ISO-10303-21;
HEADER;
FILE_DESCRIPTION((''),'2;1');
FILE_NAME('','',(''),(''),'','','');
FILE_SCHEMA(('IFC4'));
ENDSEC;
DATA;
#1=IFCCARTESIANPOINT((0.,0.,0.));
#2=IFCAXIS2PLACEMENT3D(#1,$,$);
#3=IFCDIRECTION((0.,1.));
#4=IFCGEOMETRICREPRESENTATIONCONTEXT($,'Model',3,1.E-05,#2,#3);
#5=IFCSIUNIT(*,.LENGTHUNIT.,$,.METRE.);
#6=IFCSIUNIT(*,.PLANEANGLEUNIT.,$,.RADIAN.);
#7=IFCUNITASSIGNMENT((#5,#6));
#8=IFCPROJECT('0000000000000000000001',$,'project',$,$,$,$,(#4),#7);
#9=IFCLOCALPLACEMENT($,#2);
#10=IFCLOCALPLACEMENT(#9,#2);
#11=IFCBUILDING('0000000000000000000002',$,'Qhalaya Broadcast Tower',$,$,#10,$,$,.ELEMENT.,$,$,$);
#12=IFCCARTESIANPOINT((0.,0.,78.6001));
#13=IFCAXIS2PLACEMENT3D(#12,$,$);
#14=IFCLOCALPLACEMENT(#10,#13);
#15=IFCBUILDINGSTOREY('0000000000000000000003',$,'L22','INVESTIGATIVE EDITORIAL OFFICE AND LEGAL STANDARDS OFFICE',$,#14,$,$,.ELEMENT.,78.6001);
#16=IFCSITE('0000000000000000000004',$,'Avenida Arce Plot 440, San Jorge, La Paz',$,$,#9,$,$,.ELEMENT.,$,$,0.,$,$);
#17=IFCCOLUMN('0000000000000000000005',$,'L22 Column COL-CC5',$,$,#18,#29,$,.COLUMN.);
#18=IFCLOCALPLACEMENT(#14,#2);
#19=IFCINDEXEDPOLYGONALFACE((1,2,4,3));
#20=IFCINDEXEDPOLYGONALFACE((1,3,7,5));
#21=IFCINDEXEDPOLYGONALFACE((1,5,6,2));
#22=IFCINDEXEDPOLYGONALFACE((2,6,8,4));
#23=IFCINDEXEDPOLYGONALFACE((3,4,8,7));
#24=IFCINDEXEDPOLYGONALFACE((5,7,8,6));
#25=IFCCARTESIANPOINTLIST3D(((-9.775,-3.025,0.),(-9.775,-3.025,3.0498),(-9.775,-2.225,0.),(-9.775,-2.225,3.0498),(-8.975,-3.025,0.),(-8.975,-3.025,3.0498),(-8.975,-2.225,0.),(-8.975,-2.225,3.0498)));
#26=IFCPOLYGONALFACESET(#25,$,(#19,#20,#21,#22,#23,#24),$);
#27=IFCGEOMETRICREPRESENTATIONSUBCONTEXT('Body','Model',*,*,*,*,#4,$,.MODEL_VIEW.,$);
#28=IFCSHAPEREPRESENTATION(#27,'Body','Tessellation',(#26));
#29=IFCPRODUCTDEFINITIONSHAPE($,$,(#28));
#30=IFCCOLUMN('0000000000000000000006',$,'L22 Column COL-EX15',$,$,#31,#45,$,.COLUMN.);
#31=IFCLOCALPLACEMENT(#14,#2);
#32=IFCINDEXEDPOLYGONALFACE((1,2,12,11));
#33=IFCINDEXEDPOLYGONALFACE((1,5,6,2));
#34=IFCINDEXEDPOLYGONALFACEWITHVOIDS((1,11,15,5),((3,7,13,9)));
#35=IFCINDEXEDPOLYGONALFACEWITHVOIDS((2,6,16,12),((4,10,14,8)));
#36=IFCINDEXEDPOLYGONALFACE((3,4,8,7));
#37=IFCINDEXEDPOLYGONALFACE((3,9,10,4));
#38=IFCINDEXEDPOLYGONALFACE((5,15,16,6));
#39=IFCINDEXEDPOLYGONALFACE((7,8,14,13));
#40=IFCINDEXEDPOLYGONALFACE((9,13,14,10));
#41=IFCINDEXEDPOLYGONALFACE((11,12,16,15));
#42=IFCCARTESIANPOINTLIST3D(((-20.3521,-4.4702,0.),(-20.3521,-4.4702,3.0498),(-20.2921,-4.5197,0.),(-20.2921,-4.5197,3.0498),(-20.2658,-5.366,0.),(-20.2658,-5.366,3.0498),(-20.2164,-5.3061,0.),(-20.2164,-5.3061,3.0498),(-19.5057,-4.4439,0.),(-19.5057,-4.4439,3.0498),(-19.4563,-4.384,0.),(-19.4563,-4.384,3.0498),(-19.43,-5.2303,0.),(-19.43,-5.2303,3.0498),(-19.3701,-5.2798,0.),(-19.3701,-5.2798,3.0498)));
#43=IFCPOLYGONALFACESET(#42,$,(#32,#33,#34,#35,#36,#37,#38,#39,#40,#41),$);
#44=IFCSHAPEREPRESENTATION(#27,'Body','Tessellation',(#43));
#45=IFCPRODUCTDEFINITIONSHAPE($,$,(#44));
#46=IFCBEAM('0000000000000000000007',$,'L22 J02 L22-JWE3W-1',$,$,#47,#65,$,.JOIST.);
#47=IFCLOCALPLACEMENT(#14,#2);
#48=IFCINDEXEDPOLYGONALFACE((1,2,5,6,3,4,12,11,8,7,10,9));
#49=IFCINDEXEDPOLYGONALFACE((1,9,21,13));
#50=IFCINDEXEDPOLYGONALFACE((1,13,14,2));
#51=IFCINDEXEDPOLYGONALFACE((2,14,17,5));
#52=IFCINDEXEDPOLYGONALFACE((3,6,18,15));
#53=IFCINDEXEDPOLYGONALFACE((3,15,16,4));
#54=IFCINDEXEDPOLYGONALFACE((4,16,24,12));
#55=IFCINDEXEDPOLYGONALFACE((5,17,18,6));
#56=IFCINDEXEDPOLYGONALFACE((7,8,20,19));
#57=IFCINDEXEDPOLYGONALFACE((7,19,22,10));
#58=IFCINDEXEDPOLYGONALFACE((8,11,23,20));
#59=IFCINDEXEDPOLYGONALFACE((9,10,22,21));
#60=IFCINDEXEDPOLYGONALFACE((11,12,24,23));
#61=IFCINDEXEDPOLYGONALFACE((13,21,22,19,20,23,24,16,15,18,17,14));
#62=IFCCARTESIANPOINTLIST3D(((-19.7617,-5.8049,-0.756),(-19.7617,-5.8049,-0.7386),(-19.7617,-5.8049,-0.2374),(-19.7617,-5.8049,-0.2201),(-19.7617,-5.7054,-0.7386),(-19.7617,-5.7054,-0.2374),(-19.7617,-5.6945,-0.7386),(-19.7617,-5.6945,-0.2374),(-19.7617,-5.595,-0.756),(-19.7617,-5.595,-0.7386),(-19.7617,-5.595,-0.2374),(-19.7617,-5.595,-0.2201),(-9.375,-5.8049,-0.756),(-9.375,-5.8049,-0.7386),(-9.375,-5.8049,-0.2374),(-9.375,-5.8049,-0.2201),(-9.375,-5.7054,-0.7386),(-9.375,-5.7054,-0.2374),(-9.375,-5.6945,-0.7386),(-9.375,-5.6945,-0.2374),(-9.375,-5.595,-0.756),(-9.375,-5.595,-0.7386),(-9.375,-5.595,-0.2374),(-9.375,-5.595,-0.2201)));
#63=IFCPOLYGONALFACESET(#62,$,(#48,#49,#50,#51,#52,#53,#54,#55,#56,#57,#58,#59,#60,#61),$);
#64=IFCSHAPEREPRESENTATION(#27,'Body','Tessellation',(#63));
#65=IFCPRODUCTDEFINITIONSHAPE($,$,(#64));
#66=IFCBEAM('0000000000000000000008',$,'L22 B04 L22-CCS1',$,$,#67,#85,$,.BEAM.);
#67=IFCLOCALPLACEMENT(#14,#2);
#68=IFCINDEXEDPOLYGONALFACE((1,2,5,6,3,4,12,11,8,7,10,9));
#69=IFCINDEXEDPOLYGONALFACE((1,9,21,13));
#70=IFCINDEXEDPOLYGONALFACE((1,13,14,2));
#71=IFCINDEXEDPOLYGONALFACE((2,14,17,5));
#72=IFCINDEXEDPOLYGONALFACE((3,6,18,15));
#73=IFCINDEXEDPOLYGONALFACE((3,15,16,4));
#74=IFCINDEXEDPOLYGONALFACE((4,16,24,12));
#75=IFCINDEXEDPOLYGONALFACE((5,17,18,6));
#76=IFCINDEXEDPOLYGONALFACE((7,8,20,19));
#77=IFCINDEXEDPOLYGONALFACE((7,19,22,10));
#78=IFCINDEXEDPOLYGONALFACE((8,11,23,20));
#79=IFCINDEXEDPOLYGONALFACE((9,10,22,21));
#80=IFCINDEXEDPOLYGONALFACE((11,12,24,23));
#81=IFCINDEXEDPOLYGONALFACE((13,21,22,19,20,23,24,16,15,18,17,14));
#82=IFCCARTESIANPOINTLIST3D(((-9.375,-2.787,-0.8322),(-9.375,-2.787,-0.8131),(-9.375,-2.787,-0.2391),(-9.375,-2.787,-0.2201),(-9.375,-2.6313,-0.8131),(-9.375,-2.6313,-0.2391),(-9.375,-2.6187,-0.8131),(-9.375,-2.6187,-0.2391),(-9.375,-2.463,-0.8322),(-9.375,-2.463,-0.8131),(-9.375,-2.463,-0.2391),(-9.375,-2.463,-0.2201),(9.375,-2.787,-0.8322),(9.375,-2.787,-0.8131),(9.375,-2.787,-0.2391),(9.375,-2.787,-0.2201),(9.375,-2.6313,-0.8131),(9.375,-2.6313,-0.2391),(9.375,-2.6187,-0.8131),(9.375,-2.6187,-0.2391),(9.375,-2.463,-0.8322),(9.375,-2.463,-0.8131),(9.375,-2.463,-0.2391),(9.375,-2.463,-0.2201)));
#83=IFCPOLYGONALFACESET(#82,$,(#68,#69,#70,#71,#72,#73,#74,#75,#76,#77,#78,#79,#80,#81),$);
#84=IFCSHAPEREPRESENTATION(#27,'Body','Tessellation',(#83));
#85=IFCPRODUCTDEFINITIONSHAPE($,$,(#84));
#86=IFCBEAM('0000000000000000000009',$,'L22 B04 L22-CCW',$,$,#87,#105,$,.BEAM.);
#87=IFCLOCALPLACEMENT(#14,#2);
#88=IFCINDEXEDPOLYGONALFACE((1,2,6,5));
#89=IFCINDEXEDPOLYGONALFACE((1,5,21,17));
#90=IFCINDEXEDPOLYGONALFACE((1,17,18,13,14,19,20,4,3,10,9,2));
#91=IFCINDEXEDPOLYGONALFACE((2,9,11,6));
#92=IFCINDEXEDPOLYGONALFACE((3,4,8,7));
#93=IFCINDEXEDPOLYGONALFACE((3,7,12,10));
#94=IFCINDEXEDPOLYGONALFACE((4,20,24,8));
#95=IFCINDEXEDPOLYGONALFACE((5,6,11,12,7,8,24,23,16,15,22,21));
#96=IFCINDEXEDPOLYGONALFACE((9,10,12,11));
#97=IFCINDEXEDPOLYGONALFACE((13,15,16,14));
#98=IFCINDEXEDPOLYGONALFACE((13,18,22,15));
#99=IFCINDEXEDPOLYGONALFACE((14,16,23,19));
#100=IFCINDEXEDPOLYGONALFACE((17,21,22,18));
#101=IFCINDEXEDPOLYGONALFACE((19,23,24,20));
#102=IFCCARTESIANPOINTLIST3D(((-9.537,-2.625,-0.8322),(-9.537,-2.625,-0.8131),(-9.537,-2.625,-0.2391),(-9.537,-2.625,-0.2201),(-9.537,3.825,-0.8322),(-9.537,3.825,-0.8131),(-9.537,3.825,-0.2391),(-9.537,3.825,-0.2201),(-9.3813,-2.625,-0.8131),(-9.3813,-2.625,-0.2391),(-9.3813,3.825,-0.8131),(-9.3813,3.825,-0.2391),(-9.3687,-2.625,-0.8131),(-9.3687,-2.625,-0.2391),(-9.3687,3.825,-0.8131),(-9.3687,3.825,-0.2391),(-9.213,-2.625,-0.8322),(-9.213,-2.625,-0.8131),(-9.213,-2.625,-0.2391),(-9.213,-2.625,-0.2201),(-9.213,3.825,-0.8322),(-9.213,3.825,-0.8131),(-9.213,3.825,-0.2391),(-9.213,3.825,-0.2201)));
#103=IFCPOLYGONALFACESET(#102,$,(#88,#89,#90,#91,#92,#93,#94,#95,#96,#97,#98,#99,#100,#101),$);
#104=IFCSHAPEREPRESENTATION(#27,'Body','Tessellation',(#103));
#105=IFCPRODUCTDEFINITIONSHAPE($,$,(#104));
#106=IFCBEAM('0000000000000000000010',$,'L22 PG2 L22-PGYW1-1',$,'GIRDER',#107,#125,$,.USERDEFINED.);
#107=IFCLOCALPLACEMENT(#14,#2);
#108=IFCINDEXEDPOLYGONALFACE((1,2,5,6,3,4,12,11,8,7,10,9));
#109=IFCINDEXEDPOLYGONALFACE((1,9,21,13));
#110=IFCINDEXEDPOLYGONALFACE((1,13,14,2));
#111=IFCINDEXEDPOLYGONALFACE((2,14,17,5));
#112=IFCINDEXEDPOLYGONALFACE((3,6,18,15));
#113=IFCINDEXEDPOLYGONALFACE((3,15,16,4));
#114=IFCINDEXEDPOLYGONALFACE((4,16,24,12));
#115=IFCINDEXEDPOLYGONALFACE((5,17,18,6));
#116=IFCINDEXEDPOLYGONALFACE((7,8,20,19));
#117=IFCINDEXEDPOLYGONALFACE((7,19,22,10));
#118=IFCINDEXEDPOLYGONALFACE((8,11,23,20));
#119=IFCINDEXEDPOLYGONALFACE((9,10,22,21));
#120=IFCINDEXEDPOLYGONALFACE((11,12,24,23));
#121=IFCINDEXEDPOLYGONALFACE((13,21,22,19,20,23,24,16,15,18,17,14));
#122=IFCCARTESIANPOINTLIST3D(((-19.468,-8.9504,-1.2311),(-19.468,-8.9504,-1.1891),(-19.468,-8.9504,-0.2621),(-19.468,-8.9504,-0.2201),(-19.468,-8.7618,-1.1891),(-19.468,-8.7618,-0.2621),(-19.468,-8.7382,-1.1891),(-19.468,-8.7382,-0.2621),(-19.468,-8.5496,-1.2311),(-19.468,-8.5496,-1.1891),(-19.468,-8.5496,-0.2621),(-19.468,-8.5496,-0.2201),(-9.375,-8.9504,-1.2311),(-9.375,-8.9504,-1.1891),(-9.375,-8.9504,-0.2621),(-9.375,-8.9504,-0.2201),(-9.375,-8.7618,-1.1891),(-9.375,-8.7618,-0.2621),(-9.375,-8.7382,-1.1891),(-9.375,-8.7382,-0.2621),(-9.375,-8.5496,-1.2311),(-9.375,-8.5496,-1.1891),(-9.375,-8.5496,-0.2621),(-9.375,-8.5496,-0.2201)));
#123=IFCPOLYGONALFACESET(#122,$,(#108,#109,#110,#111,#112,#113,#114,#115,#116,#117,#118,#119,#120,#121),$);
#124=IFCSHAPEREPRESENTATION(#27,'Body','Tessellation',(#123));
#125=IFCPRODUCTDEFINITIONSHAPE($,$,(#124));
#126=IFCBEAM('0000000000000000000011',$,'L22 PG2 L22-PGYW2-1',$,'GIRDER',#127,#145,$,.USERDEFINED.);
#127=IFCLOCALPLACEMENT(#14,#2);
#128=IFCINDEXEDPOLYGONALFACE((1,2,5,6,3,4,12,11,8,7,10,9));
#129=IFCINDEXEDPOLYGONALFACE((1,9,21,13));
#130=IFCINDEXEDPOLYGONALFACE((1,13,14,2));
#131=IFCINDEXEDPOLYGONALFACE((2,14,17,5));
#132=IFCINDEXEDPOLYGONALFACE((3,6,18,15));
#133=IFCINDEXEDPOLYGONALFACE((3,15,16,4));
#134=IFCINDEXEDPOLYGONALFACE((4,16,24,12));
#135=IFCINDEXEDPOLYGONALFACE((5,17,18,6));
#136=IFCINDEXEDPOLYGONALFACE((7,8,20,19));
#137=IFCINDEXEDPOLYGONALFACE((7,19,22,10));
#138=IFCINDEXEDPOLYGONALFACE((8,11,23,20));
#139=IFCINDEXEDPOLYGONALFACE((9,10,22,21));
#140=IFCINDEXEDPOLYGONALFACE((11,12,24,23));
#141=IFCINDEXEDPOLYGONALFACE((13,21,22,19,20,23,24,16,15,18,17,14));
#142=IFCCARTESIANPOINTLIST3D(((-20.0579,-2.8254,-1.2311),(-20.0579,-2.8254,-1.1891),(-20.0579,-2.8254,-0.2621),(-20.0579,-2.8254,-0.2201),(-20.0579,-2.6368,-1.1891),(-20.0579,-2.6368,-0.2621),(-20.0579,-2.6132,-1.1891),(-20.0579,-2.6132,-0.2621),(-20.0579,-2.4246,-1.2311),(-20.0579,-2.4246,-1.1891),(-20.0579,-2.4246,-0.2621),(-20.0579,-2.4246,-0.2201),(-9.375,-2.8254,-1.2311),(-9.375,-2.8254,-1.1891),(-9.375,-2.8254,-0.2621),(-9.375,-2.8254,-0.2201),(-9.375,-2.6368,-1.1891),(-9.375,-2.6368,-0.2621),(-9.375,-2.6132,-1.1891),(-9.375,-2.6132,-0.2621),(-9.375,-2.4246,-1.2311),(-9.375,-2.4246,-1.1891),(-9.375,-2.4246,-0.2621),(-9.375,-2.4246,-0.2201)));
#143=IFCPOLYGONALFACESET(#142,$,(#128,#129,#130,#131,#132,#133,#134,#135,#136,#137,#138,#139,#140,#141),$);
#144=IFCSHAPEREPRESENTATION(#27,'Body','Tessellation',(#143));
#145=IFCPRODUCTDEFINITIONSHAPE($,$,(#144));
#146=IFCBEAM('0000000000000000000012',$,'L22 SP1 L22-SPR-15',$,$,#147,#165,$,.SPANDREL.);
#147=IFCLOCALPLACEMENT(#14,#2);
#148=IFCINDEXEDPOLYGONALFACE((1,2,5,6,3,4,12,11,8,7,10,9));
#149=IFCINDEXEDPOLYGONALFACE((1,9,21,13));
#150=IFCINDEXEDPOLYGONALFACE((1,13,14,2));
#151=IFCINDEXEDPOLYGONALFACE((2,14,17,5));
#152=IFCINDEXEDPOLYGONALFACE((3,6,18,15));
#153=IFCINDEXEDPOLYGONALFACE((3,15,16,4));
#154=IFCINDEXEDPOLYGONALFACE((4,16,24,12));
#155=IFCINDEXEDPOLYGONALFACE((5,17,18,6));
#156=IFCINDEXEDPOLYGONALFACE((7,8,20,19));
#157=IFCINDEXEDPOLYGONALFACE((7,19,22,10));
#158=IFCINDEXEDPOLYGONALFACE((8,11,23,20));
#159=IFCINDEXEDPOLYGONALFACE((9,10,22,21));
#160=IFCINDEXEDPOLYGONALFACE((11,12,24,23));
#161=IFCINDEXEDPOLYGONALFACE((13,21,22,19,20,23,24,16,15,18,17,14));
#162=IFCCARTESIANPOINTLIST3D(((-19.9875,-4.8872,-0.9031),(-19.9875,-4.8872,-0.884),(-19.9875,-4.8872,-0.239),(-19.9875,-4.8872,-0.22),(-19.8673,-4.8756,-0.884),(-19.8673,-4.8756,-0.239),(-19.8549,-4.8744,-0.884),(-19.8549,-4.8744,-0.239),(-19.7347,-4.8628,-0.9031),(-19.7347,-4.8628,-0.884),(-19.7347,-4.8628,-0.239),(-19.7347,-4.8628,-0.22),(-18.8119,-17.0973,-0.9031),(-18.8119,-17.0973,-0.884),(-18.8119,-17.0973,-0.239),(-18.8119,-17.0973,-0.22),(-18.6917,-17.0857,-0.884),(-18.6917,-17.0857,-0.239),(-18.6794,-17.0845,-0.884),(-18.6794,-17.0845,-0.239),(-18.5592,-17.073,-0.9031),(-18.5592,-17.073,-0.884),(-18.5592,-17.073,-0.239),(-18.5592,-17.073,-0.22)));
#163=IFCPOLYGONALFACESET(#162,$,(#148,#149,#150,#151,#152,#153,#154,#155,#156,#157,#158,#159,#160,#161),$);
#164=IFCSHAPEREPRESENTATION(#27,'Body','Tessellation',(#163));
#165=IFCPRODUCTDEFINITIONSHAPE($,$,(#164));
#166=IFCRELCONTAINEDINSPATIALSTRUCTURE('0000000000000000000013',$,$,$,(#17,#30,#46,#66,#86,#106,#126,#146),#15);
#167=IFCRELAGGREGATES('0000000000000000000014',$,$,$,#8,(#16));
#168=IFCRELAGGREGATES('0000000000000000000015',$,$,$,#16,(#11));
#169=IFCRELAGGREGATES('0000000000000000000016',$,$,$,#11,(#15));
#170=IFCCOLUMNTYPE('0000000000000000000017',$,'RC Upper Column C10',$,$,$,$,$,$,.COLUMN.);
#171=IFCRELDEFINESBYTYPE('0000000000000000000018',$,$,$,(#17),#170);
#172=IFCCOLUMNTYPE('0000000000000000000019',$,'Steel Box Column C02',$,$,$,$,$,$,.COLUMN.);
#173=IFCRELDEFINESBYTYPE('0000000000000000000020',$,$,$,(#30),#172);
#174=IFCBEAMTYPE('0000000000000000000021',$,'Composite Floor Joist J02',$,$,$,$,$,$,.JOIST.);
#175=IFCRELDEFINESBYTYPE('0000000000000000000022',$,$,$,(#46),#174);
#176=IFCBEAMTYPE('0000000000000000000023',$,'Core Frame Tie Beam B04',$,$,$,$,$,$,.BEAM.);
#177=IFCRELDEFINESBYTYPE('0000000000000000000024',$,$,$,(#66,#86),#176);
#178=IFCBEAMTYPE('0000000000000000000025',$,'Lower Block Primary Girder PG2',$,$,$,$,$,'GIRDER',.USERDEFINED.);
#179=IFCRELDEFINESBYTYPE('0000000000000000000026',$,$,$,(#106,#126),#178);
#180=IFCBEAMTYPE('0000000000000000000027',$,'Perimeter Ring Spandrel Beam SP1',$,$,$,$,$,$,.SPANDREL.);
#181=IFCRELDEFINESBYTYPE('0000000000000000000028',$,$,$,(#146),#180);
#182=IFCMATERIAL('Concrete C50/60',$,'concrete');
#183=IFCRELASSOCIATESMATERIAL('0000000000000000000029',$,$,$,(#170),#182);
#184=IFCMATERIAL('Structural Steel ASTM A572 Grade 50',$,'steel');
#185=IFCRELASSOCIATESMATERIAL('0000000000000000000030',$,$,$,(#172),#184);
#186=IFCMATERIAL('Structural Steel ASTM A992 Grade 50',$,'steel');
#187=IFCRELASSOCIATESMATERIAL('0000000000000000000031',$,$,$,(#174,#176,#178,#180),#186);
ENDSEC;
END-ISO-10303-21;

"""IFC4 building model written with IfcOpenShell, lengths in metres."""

from ifc_helpers import new_model, si_unit, direction, frame, origin, origin_2d, place, context, subcontext, project, spatial, rectangle, hollow_rectangle, i_section, extrude, material, material_profile, profile_set, type_object, element, save


model = new_model("IFC4")

# Units and contexts
model_context = context("Model", 3, precision=1e-05, world=origin(), true_north=direction((0.0, 1.0)))
body_context = subcontext(model_context, "Body", "Model", "MODEL_VIEW")
ifc_project = project(units=[si_unit("LENGTHUNIT", "METRE"), si_unit("PLANEANGLEUNIT", "RADIAN")], contexts=[model_context])

# Site, building, storey
site_placement = place(None, origin())
site = spatial("IfcSite", under=ifc_project, at=site_placement, Name="Avenida Arce Plot 440, San Jorge, La Paz", CompositionType="ELEMENT", RefElevation=0.0)
building_placement = place(site_placement, origin())
building = spatial("IfcBuilding", under=site, at=building_placement, Name="Qhalaya Broadcast Tower", CompositionType="ELEMENT")
storey_placement = place(building_placement, frame((0.0, 0.0, 78.6001)))
storey = spatial("IfcBuildingStorey", under=building, at=storey_placement, Name="L22", Description="INVESTIGATIVE EDITORIAL OFFICE AND LEGAL STANDARDS OFFICE", CompositionType="ELEMENT", Elevation=78.6001)

# Columns
ifc_material_1 = material(Name="Concrete C50/60", Category="concrete")
ifc_material_profile_1 = material_profile(ifc_material_1, rectangle(XDim=0.8, YDim=0.8, at=origin_2d()), Name="RC-COL 800x800")
ifc_profile_set_1 = profile_set([ifc_material_profile_1], Name="Concrete C50/60")
column_type_1 = type_object("IfcColumnType", Name="RC Upper Column C10", PredefinedType="COLUMN", material=ifc_profile_set_1)
column_1_placement = place(storey_placement, frame((-9.375, -2.625, 0.0), z_axis=(0.0, 0.0, 1.0), x_axis=(1.0, 0.0, 0.0)))
element("IfcColumn", 1, at=column_1_placement, inside=storey, type_object=column_type_1, Name="L22 Column COL-CC5", PredefinedType="COLUMN", context=body_context, shape_type="SweptSolid", body=[
    extrude(rectangle(XDim=0.8, YDim=0.8, at=origin_2d()), origin(), (0.0, 0.0, 1.0), 3.0498),
])
ifc_material_2 = material(Name="Structural Steel ASTM A572 Grade 50", Category="steel")
ifc_material_profile_2 = material_profile(ifc_material_2, hollow_rectangle(XDim=0.8999, YDim=0.8999, WallThickness=0.0549, at=origin_2d()), Name="BOX 900x900x55")
ifc_profile_set_2 = profile_set([ifc_material_profile_2], Name="Structural Steel ASTM A572 Grade 50")
column_type_2 = type_object("IfcColumnType", Name="Steel Box Column C02", PredefinedType="COLUMN", material=ifc_profile_set_2)
column_2_placement = place(storey_placement, frame((-19.8611, -4.875, 0.0), z_axis=(0.0, 0.0, 1.0), x_axis=(-0.095846, 0.995396, 0.0)))
element("IfcColumn", 2, at=column_2_placement, inside=storey, type_object=column_type_2, Name="L22 Column COL-EX15", PredefinedType="COLUMN", context=body_context, shape_type="SweptSolid", body=[
    extrude(hollow_rectangle(XDim=0.8999, YDim=0.8999, WallThickness=0.0549, at=origin_2d()), origin(), (0.0, 0.0, 1.0), 3.0498),
])

# Beams
ifc_material_3 = material(Name="Structural Steel ASTM A992 Grade 50", Category="steel")
ifc_material_profile_3 = material_profile(ifc_material_3, i_section(OverallWidth=0.21, OverallDepth=0.5359, WebThickness=0.011, FlangeThickness=0.0173, at=origin_2d()), Name="W21X68")
ifc_profile_set_3 = profile_set([ifc_material_profile_3], Name="Structural Steel ASTM A992 Grade 50")
beam_type_1 = type_object("IfcBeamType", Name="Composite Floor Joist J02", PredefinedType="JOIST", material=ifc_profile_set_3)
beam_1_placement = place(storey_placement, frame((-19.7617, -5.7, -0.488), z_axis=(1.0, 0.0, 0.0), x_axis=(0.0, 1.0, 0.0)))
element("IfcBeam", 3, at=beam_1_placement, inside=storey, type_object=beam_type_1, Name="L22 J02 L22-JWE3W-1", PredefinedType="JOIST", context=body_context, shape_type="SweptSolid", body=[
    extrude(i_section(OverallWidth=0.21, OverallDepth=0.5359, WebThickness=0.011, FlangeThickness=0.0173, at=origin_2d()), origin(), (0.0, 0.0, 1.0), 10.3867),
])
ifc_material_profile_4 = material_profile(ifc_material_3, i_section(OverallWidth=0.324, OverallDepth=0.6121, WebThickness=0.0127, FlangeThickness=0.019, at=origin_2d()), Name="W24X104")
ifc_profile_set_4 = profile_set([ifc_material_profile_4], Name="Structural Steel ASTM A992 Grade 50")
beam_type_2 = type_object("IfcBeamType", Name="Core Frame Tie Beam B04", PredefinedType="BEAM", material=ifc_profile_set_4)
beam_2_placement = place(storey_placement, frame((-9.375, -2.625, -0.5261), z_axis=(1.0, 0.0, 0.0), x_axis=(0.0, 1.0, 0.0)))
element("IfcBeam", 4, at=beam_2_placement, inside=storey, type_object=beam_type_2, Name="L22 B04 L22-CCS1", PredefinedType="BEAM", context=body_context, shape_type="SweptSolid", body=[
    extrude(i_section(OverallWidth=0.324, OverallDepth=0.6121, WebThickness=0.0127, FlangeThickness=0.019, at=origin_2d()), origin(), (0.0, 0.0, 1.0), 18.75),
])
beam_3_placement = place(storey_placement, frame((-9.375, -2.625, -0.5261), z_axis=(0.0, 1.0, 0.0), x_axis=(-1.0, 0.0, 0.0)))
element("IfcBeam", 5, at=beam_3_placement, inside=storey, type_object=beam_type_2, Name="L22 B04 L22-CCW", PredefinedType="BEAM", context=body_context, shape_type="SweptSolid", body=[
    extrude(i_section(OverallWidth=0.324, OverallDepth=0.6121, WebThickness=0.0127, FlangeThickness=0.019, at=origin_2d()), origin(), (0.0, 0.0, 1.0), 6.45),
])
ifc_material_profile_5 = material_profile(ifc_material_3, i_section(OverallWidth=0.4009, OverallDepth=1.011, WebThickness=0.0237, FlangeThickness=0.042, at=origin_2d()), Name="W40X297")
ifc_profile_set_5 = profile_set([ifc_material_profile_5], Name="Structural Steel ASTM A992 Grade 50")
beam_type_3 = type_object("IfcBeamType", Name="Lower Block Primary Girder PG2", ElementType="GIRDER", PredefinedType="USERDEFINED", material=ifc_profile_set_5)
beam_4_placement = place(storey_placement, frame((-19.468, -8.75, -0.7256), z_axis=(1.0, 0.0, 0.0), x_axis=(0.0, 1.0, 0.0)))
element("IfcBeam", 6, at=beam_4_placement, inside=storey, type_object=beam_type_3, Name="L22 PG2 L22-PGYW1-1", ObjectType="GIRDER", PredefinedType="USERDEFINED", context=body_context, shape_type="SweptSolid", body=[
    extrude(i_section(OverallWidth=0.4009, OverallDepth=1.011, WebThickness=0.0237, FlangeThickness=0.042, at=origin_2d()), origin(), (0.0, 0.0, 1.0), 10.093),
])
beam_5_placement = place(storey_placement, frame((-20.0579, -2.625, -0.7256), z_axis=(1.0, 0.0, 0.0), x_axis=(0.0, 1.0, 0.0)))
element("IfcBeam", 7, at=beam_5_placement, inside=storey, type_object=beam_type_3, Name="L22 PG2 L22-PGYW2-1", ObjectType="GIRDER", PredefinedType="USERDEFINED", context=body_context, shape_type="SweptSolid", body=[
    extrude(i_section(OverallWidth=0.4009, OverallDepth=1.011, WebThickness=0.0237, FlangeThickness=0.042, at=origin_2d()), origin(), (0.0, 0.0, 1.0), 10.6829),
])
ifc_material_profile_6 = material_profile(ifc_material_3, i_section(OverallWidth=0.2539, OverallDepth=0.6831, WebThickness=0.0125, FlangeThickness=0.019, at=origin_2d()), Name="W27X94")
ifc_profile_set_6 = profile_set([ifc_material_profile_6], Name="Structural Steel ASTM A992 Grade 50")
beam_type_4 = type_object("IfcBeamType", Name="Perimeter Ring Spandrel Beam SP1", PredefinedType="SPANDREL", material=ifc_profile_set_6)
beam_6_placement = place(storey_placement, frame((-19.8611, -4.875, -0.5615), z_axis=(0.095832, -0.995398, 0.0), x_axis=(0.995398, 0.095832, 0.0)))
element("IfcBeam", 8, at=beam_6_placement, inside=storey, type_object=beam_type_4, Name="L22 SP1 L22-SPR-15", PredefinedType="SPANDREL", context=body_context, shape_type="SweptSolid", body=[
    extrude(i_section(OverallWidth=0.2539, OverallDepth=0.6831, WebThickness=0.0125, FlangeThickness=0.019, at=origin_2d()), origin(), (0.0, 0.0, 1.0), 12.2666),
])

save(model, "model.ifc")
